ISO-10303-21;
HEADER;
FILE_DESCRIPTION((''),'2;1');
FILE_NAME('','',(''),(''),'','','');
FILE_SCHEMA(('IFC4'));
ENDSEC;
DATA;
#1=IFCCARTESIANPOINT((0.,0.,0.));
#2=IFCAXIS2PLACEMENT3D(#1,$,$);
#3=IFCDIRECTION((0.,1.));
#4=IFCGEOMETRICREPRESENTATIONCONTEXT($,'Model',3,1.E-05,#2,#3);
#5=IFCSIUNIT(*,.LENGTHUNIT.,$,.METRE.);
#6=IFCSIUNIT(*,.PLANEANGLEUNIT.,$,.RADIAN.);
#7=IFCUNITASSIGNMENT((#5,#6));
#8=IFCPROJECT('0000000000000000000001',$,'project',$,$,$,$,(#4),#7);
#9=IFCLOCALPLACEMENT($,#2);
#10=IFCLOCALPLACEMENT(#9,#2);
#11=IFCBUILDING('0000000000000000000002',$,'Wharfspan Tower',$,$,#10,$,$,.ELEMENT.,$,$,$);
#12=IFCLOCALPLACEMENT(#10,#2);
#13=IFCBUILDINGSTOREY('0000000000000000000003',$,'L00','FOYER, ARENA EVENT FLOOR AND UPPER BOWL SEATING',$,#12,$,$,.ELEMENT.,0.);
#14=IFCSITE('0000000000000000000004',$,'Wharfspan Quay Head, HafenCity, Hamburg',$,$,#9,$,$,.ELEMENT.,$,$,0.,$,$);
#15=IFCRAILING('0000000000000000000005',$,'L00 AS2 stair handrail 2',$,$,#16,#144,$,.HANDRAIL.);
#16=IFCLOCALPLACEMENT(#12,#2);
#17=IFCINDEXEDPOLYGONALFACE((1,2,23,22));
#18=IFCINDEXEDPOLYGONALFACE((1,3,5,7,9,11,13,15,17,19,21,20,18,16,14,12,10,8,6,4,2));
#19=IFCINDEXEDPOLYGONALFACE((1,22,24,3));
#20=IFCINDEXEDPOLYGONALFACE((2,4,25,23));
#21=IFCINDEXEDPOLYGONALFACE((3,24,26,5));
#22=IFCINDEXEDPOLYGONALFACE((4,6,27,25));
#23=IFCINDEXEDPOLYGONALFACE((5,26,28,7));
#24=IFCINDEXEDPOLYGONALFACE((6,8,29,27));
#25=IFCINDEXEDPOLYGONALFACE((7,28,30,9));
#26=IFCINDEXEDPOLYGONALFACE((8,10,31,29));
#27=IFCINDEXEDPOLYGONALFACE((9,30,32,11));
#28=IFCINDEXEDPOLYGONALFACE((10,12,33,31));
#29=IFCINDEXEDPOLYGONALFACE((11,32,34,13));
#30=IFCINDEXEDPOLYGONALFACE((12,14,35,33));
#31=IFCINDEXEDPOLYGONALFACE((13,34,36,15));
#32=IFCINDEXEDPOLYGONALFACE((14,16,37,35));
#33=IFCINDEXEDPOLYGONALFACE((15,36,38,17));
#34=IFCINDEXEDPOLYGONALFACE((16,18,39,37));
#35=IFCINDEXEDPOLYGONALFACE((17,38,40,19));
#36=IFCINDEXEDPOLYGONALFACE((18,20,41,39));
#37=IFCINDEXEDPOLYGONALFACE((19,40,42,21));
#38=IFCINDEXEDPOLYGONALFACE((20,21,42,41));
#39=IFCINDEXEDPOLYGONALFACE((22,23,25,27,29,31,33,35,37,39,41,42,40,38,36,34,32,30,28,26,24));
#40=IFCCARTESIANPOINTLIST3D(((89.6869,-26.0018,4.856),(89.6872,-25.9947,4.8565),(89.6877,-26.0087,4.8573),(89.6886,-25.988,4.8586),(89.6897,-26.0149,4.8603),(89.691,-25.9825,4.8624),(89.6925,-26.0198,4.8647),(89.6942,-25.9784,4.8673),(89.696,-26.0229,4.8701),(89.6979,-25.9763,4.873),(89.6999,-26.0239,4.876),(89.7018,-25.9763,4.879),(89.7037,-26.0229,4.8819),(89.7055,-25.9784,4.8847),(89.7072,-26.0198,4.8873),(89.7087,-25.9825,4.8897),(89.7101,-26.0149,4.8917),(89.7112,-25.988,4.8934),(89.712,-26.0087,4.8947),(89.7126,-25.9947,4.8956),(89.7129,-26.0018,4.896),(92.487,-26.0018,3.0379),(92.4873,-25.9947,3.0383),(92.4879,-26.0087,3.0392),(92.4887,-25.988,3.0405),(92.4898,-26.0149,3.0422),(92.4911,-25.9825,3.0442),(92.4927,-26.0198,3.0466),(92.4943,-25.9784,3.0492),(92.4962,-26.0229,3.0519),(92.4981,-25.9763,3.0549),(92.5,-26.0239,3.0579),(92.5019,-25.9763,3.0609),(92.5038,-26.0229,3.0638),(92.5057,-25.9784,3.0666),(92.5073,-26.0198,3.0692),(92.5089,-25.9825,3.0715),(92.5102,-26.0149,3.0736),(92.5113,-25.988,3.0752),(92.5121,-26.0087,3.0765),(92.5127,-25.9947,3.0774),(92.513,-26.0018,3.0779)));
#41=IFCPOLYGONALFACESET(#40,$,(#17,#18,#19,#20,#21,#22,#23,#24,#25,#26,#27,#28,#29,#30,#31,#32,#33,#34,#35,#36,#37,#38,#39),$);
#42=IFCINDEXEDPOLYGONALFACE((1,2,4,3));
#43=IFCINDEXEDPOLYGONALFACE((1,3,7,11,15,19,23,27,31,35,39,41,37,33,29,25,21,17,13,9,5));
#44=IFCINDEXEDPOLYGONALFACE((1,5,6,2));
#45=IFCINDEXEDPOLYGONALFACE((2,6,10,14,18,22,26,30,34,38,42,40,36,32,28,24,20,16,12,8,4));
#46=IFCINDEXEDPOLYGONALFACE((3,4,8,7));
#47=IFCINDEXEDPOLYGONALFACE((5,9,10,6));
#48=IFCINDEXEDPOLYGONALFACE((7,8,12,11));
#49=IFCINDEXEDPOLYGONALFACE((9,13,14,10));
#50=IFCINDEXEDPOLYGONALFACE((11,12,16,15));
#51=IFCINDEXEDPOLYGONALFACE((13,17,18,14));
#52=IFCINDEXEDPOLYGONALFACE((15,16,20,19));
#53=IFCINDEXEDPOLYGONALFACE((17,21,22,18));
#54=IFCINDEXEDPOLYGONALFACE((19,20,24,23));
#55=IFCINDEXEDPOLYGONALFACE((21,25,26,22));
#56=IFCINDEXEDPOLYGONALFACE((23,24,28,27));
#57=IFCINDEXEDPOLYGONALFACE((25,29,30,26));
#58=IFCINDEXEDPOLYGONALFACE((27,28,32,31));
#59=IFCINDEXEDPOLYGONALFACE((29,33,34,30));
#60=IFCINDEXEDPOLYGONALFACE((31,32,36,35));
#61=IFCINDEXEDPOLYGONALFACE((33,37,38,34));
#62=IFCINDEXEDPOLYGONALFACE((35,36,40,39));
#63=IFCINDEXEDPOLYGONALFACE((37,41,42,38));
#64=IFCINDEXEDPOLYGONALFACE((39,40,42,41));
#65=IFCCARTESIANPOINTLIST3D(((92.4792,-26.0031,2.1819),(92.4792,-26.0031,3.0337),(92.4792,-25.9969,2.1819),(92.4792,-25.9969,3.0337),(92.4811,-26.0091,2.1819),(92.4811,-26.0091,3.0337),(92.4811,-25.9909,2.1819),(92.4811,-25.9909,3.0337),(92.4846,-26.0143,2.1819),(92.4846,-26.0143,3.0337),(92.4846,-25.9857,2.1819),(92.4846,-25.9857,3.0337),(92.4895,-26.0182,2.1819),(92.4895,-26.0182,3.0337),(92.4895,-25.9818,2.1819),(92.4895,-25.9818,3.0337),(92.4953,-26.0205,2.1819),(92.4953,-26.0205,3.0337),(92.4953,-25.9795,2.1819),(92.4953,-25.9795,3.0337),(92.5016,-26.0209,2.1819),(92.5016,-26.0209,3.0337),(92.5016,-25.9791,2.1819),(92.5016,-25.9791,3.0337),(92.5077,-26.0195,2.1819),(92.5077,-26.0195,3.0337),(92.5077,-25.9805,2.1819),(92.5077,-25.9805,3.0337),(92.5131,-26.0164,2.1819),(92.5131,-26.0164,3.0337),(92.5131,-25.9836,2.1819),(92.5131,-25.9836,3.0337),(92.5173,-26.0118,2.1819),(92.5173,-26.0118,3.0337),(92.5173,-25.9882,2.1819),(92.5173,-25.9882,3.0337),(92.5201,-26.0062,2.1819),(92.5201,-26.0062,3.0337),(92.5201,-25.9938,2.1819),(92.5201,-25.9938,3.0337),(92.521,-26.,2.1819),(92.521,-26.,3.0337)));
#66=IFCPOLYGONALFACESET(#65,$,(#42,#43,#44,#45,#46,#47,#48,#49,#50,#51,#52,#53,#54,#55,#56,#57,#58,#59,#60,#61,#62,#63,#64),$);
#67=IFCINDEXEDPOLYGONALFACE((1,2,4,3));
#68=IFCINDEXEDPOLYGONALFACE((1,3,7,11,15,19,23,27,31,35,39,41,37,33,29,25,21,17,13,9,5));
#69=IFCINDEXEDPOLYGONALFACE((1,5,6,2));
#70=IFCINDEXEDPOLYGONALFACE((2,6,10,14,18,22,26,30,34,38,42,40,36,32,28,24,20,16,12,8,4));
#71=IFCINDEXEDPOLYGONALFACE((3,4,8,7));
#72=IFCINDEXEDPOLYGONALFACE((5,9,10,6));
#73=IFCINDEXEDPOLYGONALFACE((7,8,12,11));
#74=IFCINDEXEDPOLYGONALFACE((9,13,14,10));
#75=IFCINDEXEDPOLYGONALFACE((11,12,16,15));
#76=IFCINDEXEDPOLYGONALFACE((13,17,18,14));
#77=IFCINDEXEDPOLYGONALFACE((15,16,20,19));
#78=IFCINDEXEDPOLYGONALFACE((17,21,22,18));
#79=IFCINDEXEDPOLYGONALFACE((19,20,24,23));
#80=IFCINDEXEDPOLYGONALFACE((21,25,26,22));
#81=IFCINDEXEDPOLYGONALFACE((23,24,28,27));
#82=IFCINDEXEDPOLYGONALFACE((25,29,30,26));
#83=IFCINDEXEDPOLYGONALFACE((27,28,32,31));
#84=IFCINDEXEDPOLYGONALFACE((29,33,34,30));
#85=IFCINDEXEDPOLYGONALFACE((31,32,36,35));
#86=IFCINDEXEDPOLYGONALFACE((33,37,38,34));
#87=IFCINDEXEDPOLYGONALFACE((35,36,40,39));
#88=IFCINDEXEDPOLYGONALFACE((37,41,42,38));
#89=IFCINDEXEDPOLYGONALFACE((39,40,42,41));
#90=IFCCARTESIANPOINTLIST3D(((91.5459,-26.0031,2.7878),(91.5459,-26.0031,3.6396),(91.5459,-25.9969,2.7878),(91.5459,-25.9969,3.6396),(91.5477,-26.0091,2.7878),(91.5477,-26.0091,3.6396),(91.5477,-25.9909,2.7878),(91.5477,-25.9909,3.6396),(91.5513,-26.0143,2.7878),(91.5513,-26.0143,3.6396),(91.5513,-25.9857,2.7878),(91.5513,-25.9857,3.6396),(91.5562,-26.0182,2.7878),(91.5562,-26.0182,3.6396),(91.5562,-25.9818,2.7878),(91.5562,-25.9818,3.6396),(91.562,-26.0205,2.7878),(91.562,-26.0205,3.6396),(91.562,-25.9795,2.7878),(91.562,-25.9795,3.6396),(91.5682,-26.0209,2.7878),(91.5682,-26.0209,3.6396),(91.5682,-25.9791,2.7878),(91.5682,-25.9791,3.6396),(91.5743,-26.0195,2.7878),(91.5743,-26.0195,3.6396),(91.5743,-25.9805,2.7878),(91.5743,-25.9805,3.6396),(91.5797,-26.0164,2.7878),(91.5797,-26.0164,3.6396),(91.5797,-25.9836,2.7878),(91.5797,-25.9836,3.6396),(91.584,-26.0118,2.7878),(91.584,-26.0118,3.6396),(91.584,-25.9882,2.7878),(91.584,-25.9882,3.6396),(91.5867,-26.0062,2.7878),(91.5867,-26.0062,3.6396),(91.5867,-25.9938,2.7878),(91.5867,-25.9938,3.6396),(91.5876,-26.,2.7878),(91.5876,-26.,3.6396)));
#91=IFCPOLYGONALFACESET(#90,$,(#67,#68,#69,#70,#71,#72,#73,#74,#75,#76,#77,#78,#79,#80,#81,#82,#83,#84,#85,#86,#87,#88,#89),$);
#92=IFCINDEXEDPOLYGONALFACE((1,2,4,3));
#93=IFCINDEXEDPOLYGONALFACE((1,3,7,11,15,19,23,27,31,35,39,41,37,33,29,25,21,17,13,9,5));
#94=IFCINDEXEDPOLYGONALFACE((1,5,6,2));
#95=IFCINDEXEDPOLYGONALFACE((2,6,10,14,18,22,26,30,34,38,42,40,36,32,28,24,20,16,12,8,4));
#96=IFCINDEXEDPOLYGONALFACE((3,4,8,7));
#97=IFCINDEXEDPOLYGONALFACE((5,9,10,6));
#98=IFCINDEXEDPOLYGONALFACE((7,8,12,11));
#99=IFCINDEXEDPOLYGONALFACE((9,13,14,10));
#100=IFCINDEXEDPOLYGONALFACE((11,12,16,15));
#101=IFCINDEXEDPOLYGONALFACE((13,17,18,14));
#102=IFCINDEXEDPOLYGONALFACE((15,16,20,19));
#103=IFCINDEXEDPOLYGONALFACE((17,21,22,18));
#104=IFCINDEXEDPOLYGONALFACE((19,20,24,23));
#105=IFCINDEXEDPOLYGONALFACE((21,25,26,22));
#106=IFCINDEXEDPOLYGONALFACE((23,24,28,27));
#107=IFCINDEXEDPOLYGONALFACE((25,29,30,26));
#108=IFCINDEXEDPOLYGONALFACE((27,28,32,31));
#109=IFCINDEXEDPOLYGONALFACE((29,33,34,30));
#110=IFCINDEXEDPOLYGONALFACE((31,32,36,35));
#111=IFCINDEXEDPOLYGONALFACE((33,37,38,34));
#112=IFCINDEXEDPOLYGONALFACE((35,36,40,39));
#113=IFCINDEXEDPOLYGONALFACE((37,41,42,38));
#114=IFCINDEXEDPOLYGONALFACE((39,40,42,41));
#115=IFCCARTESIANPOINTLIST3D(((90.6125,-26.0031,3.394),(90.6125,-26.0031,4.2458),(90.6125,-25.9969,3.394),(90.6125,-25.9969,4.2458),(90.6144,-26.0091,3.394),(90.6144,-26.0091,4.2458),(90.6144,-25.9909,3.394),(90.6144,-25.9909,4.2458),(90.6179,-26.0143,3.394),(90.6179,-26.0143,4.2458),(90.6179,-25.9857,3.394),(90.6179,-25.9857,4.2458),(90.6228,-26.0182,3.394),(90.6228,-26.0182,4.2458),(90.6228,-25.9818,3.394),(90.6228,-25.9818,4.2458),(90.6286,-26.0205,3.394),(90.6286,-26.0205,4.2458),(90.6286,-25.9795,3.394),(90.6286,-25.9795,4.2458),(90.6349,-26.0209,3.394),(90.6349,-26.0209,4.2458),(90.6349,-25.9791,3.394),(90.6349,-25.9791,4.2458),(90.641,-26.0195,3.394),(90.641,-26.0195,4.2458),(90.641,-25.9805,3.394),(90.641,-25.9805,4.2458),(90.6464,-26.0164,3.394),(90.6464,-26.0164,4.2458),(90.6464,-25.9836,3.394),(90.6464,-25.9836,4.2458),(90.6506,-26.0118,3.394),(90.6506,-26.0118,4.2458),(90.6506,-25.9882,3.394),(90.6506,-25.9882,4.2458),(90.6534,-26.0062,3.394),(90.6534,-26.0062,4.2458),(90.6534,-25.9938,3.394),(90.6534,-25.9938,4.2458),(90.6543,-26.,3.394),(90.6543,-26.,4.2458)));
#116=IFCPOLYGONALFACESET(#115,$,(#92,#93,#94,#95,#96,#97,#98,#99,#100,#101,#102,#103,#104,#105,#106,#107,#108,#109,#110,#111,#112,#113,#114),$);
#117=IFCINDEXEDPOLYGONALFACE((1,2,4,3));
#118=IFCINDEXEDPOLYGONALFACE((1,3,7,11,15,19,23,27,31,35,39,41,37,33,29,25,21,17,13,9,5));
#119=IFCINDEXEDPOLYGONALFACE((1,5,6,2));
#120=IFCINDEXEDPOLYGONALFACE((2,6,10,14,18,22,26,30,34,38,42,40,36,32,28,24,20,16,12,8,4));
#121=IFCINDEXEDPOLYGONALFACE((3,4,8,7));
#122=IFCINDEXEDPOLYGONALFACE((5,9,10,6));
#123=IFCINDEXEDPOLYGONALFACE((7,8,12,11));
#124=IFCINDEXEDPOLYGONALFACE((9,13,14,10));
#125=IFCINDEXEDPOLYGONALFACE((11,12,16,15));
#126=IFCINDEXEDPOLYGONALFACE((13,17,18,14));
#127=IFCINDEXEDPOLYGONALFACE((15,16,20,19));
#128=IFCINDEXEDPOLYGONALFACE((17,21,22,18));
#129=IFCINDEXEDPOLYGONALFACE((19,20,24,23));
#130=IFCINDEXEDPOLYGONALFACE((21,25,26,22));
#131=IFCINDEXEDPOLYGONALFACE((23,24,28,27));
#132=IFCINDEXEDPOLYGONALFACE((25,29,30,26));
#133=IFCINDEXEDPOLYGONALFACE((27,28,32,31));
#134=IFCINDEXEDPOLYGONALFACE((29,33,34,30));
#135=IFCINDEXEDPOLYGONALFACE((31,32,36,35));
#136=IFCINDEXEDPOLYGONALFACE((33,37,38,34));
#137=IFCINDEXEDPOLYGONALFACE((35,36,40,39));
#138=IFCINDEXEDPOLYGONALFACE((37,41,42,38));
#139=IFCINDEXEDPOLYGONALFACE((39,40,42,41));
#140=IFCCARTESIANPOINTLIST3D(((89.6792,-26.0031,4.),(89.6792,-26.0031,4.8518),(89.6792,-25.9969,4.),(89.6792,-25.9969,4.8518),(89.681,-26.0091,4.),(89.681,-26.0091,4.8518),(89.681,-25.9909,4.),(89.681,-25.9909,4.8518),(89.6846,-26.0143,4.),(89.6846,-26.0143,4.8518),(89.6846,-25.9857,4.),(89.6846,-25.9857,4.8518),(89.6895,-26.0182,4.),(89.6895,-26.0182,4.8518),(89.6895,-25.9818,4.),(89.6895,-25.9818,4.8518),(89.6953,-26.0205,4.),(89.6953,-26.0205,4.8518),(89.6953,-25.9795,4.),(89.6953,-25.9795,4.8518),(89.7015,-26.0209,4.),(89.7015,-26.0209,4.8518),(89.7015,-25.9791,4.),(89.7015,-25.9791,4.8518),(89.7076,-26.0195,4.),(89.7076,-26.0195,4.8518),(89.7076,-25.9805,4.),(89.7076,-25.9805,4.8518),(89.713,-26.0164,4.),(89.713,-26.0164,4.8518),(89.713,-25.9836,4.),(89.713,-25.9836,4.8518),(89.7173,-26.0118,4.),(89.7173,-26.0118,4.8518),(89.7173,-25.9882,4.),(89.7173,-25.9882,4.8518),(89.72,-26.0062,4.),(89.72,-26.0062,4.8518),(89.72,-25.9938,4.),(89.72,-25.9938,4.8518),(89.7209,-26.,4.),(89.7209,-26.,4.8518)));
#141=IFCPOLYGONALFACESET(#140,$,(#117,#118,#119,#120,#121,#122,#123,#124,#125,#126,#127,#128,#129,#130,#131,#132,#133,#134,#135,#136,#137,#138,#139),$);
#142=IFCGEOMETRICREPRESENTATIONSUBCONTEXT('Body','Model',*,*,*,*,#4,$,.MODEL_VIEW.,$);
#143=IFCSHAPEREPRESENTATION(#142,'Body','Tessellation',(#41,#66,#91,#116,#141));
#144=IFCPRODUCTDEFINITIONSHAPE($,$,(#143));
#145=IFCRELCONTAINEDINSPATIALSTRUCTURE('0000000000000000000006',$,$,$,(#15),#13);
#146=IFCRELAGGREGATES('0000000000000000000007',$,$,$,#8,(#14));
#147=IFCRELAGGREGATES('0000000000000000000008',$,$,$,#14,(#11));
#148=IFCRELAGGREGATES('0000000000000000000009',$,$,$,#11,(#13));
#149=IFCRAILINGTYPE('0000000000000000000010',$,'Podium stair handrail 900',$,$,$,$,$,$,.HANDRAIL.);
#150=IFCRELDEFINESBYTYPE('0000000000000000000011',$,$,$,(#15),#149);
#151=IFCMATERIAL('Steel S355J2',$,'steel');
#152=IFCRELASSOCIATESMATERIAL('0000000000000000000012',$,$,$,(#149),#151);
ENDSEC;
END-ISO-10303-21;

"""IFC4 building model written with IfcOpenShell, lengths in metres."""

from ifc_helpers import new_model, si_unit, direction, frame, origin, origin_2d, place, context, subcontext, project, spatial, circle, extrude, material, type_object, element, save


model = new_model("IFC4")

# Units and contexts
model_context = context("Model", 3, precision=1e-05, world=origin(), true_north=direction((0.0, 1.0)))
body_context = subcontext(model_context, "Body", "Model", "MODEL_VIEW")
ifc_project = project(units=[si_unit("LENGTHUNIT", "METRE"), si_unit("PLANEANGLEUNIT", "RADIAN")], contexts=[model_context])

# Site, building, storey
site_placement = place(None, origin())
site = spatial("IfcSite", under=ifc_project, at=site_placement, Name="Wharfspan Quay Head, HafenCity, Hamburg", CompositionType="ELEMENT", RefElevation=0.0)
building_placement = place(site_placement, origin())
building = spatial("IfcBuilding", under=site, at=building_placement, Name="Wharfspan Tower", CompositionType="ELEMENT")
storey_placement = place(building_placement, origin())
storey = spatial("IfcBuildingStorey", under=building, at=storey_placement, Name="L00", Description="FOYER, ARENA EVENT FLOOR AND UPPER BOWL SEATING", CompositionType="ELEMENT", Elevation=0.0)

# Shared definitions
ifc_material_1 = material(Name="Steel S355J2", Category="steel")

# Railing
railing_type_1 = type_object("IfcRailingType", Name="Podium stair handrail 900", PredefinedType="HANDRAIL", material=ifc_material_1)
railing_1_placement = place(storey_placement, frame((92.5, -26.0, 2.1819)))
element("IfcRailing", 1, at=railing_1_placement, inside=storey, type_object=railing_type_1, Name="L00 AS2 stair handrail 2", PredefinedType="HANDRAIL", context=body_context, shape_type="SweptSolid", body=[
    extrude(circle(Radius=0.0239, at=origin_2d()), frame((0.0, 0.0, 0.876), z_axis=(-0.838706, 0.0, 0.544585), x_axis=(0.0, -1.0, 0.0)), (0.0, 0.0, 1.0), 3.3386),
    extrude(circle(Radius=0.021, at=origin_2d()), origin(), (0.0, 0.0, 1.0), 0.8518),
    extrude(circle(Radius=0.021, at=origin_2d()), frame((-0.9334, 0.0, 0.606)), (0.0, 0.0, 1.0), 0.8518),
    extrude(circle(Radius=0.021, at=origin_2d()), frame((-1.8667, 0.0, 1.2122)), (0.0, 0.0, 1.0), 0.8518),
    extrude(circle(Radius=0.021, at=origin_2d()), frame((-2.8, 0.0, 1.8181)), (0.0, 0.0, 1.0), 0.8518),
])

save(model, "model.ifc")
